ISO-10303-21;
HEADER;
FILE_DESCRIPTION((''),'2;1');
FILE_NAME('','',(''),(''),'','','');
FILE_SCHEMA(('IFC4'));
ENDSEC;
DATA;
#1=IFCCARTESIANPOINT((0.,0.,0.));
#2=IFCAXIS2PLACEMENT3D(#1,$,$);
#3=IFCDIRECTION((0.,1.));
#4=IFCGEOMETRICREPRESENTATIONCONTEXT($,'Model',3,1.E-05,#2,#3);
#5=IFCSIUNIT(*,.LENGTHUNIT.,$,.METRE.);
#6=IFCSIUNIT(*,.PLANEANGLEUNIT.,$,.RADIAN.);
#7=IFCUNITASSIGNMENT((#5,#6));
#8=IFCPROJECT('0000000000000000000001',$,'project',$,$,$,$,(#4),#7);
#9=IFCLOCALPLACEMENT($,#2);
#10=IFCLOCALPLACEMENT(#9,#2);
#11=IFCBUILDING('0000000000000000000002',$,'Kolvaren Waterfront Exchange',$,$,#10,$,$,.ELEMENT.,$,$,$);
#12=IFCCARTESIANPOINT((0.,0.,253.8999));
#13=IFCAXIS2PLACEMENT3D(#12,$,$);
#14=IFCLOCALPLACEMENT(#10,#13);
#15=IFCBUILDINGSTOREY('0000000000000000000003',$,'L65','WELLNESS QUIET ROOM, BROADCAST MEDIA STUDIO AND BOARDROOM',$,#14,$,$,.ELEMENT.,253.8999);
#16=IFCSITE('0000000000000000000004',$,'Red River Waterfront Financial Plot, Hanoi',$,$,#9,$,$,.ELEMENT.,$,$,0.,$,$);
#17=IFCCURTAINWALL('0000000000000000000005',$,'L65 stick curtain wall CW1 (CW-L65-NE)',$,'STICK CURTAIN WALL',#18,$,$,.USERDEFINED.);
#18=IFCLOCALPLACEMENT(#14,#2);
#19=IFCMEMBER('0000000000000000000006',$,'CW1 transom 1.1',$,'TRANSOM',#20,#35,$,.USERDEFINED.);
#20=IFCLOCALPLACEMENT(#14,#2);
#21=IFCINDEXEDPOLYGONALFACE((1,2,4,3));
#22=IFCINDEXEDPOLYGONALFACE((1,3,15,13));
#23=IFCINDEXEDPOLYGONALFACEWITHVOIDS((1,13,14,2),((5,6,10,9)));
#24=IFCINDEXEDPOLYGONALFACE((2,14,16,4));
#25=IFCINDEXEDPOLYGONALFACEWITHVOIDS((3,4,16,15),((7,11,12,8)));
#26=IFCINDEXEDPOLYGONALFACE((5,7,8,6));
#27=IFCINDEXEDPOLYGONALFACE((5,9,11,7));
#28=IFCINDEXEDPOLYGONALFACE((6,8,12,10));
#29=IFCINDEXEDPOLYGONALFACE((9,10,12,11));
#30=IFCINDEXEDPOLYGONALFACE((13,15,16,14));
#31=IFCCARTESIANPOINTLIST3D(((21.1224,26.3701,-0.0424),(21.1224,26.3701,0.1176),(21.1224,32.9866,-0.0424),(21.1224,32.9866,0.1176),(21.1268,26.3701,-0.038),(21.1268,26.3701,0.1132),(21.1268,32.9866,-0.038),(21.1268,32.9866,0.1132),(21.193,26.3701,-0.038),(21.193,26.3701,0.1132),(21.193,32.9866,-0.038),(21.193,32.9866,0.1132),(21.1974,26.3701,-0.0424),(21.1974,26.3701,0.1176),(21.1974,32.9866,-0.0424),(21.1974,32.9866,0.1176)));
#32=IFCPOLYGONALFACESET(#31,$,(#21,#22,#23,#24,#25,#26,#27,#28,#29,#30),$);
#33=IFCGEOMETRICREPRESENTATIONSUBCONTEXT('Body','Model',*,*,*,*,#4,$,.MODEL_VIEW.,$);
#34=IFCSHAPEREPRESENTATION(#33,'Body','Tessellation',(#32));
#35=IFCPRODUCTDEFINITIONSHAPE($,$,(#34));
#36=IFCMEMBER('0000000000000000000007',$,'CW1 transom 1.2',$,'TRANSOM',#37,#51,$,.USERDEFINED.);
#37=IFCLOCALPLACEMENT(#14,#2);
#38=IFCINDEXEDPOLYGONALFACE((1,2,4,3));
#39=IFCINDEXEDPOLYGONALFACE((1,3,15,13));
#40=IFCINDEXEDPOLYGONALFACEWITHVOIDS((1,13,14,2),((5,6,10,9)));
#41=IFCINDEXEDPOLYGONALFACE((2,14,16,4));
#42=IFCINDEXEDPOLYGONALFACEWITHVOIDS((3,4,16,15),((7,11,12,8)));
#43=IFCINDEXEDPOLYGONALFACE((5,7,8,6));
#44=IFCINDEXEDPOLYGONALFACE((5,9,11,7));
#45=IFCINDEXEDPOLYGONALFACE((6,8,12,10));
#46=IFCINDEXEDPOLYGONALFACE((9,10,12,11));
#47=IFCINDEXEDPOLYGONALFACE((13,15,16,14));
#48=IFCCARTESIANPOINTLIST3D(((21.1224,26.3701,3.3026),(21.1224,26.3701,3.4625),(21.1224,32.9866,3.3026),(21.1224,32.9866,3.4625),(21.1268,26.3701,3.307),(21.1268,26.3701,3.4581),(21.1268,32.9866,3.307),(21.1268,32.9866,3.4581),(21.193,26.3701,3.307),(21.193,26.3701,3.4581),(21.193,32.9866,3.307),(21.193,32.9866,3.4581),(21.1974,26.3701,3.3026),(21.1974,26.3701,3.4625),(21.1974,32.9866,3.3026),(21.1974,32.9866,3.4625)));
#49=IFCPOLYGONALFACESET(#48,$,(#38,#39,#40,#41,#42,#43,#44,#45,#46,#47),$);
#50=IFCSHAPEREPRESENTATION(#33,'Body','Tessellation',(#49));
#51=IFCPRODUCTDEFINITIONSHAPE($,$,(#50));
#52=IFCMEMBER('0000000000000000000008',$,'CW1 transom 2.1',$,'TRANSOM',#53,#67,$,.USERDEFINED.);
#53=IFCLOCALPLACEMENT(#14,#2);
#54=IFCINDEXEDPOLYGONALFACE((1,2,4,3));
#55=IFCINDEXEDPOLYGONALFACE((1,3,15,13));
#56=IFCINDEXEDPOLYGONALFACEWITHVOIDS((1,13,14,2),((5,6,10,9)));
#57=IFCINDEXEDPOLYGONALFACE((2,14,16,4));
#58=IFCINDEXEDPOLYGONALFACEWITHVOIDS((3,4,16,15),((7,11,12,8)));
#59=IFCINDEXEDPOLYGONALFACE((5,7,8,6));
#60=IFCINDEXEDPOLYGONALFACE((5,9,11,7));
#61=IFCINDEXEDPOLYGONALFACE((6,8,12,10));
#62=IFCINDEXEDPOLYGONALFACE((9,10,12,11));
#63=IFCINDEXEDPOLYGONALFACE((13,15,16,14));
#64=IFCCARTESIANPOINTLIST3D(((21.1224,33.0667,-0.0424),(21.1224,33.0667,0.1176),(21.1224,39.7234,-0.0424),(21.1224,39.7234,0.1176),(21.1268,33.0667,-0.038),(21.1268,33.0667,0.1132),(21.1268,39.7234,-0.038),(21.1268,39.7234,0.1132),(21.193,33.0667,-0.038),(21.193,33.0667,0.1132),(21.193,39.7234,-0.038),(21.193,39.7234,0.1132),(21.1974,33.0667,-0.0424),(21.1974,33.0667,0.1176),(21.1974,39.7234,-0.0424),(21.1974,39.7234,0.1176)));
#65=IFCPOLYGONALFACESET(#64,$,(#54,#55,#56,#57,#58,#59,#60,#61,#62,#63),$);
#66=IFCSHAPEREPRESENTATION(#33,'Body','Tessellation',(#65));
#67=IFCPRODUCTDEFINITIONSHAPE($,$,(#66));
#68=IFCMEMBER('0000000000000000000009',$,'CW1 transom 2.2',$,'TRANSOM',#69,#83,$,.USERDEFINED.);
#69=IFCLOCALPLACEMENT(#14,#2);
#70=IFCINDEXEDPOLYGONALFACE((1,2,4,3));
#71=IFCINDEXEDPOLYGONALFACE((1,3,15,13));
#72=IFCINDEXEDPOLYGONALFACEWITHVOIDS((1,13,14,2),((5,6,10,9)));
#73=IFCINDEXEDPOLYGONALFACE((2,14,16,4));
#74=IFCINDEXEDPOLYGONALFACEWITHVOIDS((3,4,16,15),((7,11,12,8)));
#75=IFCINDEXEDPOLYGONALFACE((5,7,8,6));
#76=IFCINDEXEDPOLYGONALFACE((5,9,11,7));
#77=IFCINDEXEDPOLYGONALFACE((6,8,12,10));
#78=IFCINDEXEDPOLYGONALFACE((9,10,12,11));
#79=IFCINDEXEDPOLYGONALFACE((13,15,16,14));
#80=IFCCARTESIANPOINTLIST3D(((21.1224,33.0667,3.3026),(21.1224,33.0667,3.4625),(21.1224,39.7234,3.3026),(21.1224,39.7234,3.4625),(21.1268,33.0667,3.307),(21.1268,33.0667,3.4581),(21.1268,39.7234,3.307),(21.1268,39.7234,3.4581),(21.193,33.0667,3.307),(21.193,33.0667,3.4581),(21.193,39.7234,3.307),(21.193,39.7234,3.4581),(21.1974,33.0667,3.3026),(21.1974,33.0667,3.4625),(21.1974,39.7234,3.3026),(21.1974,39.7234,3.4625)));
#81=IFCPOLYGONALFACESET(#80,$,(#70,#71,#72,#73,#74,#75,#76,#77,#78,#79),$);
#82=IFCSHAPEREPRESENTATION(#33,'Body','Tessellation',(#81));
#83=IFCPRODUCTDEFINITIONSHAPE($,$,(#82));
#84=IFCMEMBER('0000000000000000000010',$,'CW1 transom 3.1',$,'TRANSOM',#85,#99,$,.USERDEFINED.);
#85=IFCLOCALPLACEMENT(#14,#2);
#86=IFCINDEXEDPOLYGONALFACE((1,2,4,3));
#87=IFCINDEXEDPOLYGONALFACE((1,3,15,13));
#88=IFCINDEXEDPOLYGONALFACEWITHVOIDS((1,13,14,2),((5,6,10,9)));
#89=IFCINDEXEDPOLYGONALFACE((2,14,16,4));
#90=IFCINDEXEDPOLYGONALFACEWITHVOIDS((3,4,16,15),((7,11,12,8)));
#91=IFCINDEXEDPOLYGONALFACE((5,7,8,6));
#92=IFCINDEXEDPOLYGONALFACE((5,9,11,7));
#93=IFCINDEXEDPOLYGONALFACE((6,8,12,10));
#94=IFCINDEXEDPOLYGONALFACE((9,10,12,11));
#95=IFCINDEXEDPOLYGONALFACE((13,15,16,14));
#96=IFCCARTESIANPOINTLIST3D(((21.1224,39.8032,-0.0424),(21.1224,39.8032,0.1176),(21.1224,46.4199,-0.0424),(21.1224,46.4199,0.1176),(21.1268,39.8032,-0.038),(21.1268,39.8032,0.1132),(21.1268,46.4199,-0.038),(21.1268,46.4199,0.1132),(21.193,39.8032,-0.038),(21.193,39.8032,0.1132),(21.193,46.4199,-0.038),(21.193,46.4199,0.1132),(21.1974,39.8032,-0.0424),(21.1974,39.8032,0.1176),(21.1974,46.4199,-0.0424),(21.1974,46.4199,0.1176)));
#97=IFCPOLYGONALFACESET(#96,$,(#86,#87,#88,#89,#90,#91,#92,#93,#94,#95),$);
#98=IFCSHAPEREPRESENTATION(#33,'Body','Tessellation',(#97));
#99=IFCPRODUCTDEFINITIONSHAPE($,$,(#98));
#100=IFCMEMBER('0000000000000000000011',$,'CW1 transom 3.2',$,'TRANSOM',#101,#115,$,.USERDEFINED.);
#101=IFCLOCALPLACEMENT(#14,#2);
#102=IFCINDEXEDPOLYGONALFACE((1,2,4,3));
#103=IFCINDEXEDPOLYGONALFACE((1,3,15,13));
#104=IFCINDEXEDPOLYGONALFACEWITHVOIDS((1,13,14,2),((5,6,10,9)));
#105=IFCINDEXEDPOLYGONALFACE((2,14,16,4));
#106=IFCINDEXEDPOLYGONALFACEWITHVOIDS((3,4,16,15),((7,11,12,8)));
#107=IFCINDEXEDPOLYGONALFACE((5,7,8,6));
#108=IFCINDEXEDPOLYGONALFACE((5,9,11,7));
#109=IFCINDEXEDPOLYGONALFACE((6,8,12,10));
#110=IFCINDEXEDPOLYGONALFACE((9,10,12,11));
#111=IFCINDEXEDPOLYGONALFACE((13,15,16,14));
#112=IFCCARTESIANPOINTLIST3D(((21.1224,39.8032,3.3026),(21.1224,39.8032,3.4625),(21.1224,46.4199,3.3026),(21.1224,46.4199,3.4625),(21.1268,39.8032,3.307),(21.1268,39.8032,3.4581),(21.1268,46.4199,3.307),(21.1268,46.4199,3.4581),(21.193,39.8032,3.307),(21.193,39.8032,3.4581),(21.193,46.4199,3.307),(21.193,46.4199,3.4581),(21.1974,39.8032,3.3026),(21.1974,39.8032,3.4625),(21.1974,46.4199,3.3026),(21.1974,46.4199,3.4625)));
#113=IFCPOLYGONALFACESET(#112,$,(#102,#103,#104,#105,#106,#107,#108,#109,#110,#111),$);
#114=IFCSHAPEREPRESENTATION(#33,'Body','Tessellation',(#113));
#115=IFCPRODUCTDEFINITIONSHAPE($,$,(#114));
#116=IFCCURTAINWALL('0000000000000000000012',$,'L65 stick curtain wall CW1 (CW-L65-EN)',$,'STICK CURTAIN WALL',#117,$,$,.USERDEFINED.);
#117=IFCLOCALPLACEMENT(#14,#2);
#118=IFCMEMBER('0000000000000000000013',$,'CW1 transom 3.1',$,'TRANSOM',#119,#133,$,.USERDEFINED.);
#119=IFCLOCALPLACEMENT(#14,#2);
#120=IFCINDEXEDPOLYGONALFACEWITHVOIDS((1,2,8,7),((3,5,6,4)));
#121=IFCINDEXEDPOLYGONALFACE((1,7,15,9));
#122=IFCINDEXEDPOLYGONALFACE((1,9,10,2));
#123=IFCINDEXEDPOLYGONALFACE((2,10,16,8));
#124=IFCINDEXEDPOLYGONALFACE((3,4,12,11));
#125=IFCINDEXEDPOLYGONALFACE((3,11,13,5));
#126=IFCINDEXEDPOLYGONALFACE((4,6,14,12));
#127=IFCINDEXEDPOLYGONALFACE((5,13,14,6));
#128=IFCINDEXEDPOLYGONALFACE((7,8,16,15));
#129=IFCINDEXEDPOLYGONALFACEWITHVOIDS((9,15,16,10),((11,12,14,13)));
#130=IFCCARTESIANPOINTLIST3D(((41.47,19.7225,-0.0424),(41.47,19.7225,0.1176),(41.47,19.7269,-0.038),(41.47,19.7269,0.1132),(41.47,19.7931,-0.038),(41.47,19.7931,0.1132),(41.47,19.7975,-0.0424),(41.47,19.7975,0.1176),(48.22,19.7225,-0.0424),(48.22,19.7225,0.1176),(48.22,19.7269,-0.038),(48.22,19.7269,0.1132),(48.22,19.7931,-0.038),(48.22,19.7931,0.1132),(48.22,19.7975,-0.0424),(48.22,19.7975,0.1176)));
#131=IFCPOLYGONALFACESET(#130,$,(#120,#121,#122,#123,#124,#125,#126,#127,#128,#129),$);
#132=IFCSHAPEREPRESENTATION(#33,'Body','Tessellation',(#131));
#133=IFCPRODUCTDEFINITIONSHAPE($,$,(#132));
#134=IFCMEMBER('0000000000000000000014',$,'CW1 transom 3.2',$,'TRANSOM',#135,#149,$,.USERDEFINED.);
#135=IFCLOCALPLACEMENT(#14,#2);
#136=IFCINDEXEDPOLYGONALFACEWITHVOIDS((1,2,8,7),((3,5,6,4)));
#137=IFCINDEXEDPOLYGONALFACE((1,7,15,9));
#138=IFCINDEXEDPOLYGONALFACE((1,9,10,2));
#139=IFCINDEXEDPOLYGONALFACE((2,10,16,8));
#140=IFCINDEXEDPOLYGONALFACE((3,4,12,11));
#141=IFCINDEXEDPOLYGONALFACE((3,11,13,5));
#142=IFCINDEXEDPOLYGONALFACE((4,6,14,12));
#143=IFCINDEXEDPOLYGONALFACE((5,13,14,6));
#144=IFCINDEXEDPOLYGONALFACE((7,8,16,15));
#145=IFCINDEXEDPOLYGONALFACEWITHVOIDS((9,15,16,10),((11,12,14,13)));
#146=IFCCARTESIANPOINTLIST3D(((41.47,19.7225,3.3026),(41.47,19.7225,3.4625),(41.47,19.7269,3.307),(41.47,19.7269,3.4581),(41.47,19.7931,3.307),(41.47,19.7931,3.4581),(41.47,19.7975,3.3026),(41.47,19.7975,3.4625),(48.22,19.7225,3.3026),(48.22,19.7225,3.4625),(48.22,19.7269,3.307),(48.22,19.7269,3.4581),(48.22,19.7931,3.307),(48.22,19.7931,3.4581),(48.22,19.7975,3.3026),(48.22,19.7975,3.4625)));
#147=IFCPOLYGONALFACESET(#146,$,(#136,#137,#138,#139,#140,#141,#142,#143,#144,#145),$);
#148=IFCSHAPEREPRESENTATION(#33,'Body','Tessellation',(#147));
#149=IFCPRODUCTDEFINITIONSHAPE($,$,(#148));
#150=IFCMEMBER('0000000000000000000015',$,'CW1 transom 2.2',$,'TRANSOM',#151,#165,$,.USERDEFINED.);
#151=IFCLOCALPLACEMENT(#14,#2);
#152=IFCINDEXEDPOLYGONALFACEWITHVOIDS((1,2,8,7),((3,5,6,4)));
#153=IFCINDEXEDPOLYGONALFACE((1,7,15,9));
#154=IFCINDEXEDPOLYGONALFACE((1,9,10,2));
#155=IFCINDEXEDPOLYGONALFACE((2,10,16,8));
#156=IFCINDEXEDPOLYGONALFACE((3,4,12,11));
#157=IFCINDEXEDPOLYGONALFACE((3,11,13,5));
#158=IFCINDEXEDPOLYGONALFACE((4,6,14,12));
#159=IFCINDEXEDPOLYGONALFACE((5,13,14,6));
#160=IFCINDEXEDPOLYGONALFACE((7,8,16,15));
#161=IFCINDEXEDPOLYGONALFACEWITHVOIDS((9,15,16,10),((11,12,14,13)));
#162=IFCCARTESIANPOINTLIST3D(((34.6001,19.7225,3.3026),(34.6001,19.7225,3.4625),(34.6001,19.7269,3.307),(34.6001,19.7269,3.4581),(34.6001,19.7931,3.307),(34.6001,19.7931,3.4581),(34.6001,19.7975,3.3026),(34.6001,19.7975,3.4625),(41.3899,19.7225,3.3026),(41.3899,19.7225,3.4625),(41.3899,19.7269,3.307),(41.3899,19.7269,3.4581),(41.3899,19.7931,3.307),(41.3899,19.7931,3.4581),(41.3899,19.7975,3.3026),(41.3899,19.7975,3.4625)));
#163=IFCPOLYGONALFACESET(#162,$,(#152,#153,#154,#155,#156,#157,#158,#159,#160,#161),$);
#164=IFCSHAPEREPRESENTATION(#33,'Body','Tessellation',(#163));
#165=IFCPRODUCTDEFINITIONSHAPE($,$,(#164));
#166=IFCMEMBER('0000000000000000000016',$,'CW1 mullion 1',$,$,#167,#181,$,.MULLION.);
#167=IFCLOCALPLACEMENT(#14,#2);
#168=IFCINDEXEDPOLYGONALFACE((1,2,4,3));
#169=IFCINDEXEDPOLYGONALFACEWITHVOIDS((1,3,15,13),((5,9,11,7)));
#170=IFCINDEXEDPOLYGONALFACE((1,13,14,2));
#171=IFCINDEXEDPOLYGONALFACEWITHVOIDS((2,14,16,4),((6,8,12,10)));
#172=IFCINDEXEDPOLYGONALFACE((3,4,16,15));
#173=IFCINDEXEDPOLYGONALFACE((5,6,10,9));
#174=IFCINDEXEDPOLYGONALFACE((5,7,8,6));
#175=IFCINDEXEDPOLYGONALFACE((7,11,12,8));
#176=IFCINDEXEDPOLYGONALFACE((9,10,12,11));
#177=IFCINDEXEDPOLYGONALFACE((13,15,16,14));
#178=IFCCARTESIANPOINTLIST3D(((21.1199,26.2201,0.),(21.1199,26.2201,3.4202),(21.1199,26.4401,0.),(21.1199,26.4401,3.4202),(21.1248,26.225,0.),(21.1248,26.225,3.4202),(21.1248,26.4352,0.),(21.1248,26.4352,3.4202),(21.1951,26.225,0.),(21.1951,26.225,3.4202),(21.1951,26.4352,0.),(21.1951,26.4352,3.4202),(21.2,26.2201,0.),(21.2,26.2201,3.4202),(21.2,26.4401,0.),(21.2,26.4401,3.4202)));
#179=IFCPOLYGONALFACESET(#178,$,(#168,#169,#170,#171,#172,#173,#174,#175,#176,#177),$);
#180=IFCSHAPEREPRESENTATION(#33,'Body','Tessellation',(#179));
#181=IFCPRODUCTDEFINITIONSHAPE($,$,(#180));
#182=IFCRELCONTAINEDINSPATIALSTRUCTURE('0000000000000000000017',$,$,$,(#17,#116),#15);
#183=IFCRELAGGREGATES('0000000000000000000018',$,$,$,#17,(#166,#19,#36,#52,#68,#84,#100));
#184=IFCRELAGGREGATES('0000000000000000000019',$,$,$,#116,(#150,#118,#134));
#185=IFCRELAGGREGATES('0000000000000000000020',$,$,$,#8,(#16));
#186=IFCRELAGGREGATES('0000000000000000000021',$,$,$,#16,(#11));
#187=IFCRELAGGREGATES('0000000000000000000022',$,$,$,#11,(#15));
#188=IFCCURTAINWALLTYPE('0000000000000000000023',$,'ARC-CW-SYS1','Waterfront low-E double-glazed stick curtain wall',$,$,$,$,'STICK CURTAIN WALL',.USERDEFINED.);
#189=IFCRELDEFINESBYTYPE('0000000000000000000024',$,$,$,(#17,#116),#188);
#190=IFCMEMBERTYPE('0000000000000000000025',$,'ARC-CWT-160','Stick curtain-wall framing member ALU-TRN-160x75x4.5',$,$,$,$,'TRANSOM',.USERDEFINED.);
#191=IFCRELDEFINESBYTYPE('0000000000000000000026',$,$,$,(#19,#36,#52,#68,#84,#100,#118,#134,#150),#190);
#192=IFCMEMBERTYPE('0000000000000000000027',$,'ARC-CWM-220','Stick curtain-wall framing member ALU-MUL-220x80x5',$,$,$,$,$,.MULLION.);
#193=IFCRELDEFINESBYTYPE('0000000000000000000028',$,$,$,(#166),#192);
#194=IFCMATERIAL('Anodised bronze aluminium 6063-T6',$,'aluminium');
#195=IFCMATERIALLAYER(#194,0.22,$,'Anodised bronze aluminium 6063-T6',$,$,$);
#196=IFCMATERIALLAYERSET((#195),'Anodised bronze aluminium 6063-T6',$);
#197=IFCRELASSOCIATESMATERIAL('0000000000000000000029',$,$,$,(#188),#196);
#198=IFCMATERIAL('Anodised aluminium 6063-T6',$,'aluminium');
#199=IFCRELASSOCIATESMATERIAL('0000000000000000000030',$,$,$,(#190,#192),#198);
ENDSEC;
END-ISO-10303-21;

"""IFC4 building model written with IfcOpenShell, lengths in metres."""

from ifc_helpers import new_model, si_unit, direction, frame, origin, origin_with_axes, origin_2d, place, context, subcontext, project, spatial, hollow_rectangle, extrude, source, transform, mapped, material, layer, layer_set, material_profile, profile_set, type_object, element, aggregate, save


model = new_model("IFC4")

# Units and contexts
model_context = context("Model", 3, precision=1e-05, world=origin(), true_north=direction((0.0, 1.0)))
body_context = subcontext(model_context, "Body", "Model", "MODEL_VIEW")
ifc_project = project(units=[si_unit("LENGTHUNIT", "METRE"), si_unit("PLANEANGLEUNIT", "RADIAN")], contexts=[model_context])

# Site, building, storey
site_placement = place(None, origin())
site = spatial("IfcSite", under=ifc_project, at=site_placement, Name="Red River Waterfront Financial Plot, Hanoi", CompositionType="ELEMENT", RefElevation=0.0)
building_placement = place(site_placement, origin())
building = spatial("IfcBuilding", under=site, at=building_placement, Name="Kolvaren Waterfront Exchange", CompositionType="ELEMENT")
storey_placement = place(building_placement, frame((0.0, 0.0, 253.8999)))
storey = spatial("IfcBuildingStorey", under=building, at=storey_placement, Name="L65", Description="WELLNESS QUIET ROOM, BROADCAST MEDIA STUDIO AND BOARDROOM", CompositionType="ELEMENT", Elevation=253.8999)

# Curtain walls, members
ifc_material_1 = material(Name="Anodised bronze aluminium 6063-T6", Category="aluminium")
ifc_layer_1 = layer(ifc_material_1, 0.22, Name="Anodised bronze aluminium 6063-T6")
ifc_layer_set_1 = layer_set([ifc_layer_1], Name="Anodised bronze aluminium 6063-T6")
curtain_wall_type = type_object("IfcCurtainWallType", Name="ARC-CW-SYS1", Description="Waterfront low-E double-glazed stick curtain wall", ElementType="STICK CURTAIN WALL", PredefinedType="USERDEFINED", material=ifc_layer_set_1)
curtain_wall_1_placement = place(storey_placement, origin())
curtain_wall_1 = element("IfcCurtainWall", 1, at=curtain_wall_1_placement, inside=storey, type_object=curtain_wall_type, Name="L65 stick curtain wall CW1 (CW-L65-NE)", ObjectType="STICK CURTAIN WALL", PredefinedType="USERDEFINED")
ifc_material_2 = material(Name="Anodised aluminium 6063-T6", Category="aluminium")
ifc_material_profile_1 = material_profile(ifc_material_2, hollow_rectangle(XDim=0.075, YDim=0.1599, WallThickness=0.0044, at=origin_2d()), Name="ALU-TRN-160x75x4.5")
ifc_profile_set_1 = profile_set([ifc_material_profile_1], Name="Anodised aluminium 6063-T6")
member_type_1 = type_object("IfcMemberType", Name="ARC-CWT-160", Description="Stick curtain-wall framing member ALU-TRN-160x75x4.5", ElementType="TRANSOM", PredefinedType="USERDEFINED", material=ifc_profile_set_1)
shared_shape_1 = source(origin_with_axes(), body_context, "Body", "SweptSolid", [
    extrude(hollow_rectangle(XDim=0.075, YDim=0.1599, WallThickness=0.0044, at=origin_2d()), origin(), (0.0, 0.0, 1.0), 6.6165),
])
member_1_placement = place(storey_placement, frame((21.1599, 26.3701, 0.0376), z_axis=(0.0, 1.0, 0.0), x_axis=(-1.0, 0.0, 0.0)))
member_1 = element("IfcMember", 2, at=member_1_placement, type_object=member_type_1, Name="CW1 transom 1.1", ObjectType="TRANSOM", PredefinedType="USERDEFINED", context=body_context, shape_type="MappedRepresentation", body=[
    mapped(shared_shape_1, transform((0.0, 0.0, 0.0), x_axis=(1.0, 0.0, 0.0), y_axis=(0.0, 1.0, 0.0), z_axis=(0.0, 0.0, 1.0), scale=1.0)),
])
member_2_placement = place(storey_placement, frame((21.1599, 26.3701, 3.3826), z_axis=(0.0, 1.0, 0.0), x_axis=(-1.0, 0.0, 0.0)))
member_2 = element("IfcMember", 3, at=member_2_placement, type_object=member_type_1, Name="CW1 transom 1.2", ObjectType="TRANSOM", PredefinedType="USERDEFINED", context=body_context, shape_type="MappedRepresentation", body=[
    mapped(shared_shape_1, transform((0.0, 0.0, 0.0), x_axis=(1.0, 0.0, 0.0), y_axis=(0.0, 1.0, 0.0), z_axis=(0.0, 0.0, 1.0), scale=1.0)),
])
shared_shape_2 = source(origin_with_axes(), body_context, "Body", "SweptSolid", [
    extrude(hollow_rectangle(XDim=0.075, YDim=0.1599, WallThickness=0.0044, at=origin_2d()), origin(), (0.0, 0.0, 1.0), 6.6567),
])
member_3_placement = place(storey_placement, frame((21.1599, 33.0667, 0.0376), z_axis=(0.0, 1.0, 0.0), x_axis=(-1.0, 0.0, 0.0)))
member_3 = element("IfcMember", 4, at=member_3_placement, type_object=member_type_1, Name="CW1 transom 2.1", ObjectType="TRANSOM", PredefinedType="USERDEFINED", context=body_context, shape_type="MappedRepresentation", body=[
    mapped(shared_shape_2, transform((0.0, 0.0, 0.0), x_axis=(1.0, 0.0, 0.0), y_axis=(0.0, 1.0, 0.0), z_axis=(0.0, 0.0, 1.0), scale=1.0)),
])
member_4_placement = place(storey_placement, frame((21.1599, 33.0667, 3.3826), z_axis=(0.0, 1.0, 0.0), x_axis=(-1.0, 0.0, 0.0)))
member_4 = element("IfcMember", 5, at=member_4_placement, type_object=member_type_1, Name="CW1 transom 2.2", ObjectType="TRANSOM", PredefinedType="USERDEFINED", context=body_context, shape_type="MappedRepresentation", body=[
    mapped(shared_shape_2, transform((0.0, 0.0, 0.0), x_axis=(1.0, 0.0, 0.0), y_axis=(0.0, 1.0, 0.0), z_axis=(0.0, 0.0, 1.0), scale=1.0)),
])
shared_shape_3 = source(origin_with_axes(), body_context, "Body", "SweptSolid", [
    extrude(hollow_rectangle(XDim=0.075, YDim=0.1599, WallThickness=0.0044, at=origin_2d()), origin(), (0.0, 0.0, 1.0), 6.6167),
])
member_5_placement = place(storey_placement, frame((21.1599, 39.8032, 0.0376), z_axis=(0.0, 1.0, 0.0), x_axis=(-1.0, 0.0, 0.0)))
member_5 = element("IfcMember", 6, at=member_5_placement, type_object=member_type_1, Name="CW1 transom 3.1", ObjectType="TRANSOM", PredefinedType="USERDEFINED", context=body_context, shape_type="MappedRepresentation", body=[
    mapped(shared_shape_3, transform((0.0, 0.0, 0.0), x_axis=(1.0, 0.0, 0.0), y_axis=(0.0, 1.0, 0.0), z_axis=(0.0, 0.0, 1.0), scale=1.0)),
])
member_6_placement = place(storey_placement, frame((21.1599, 39.8032, 3.3826), z_axis=(0.0, 1.0, 0.0), x_axis=(-1.0, 0.0, 0.0)))
member_6 = element("IfcMember", 7, at=member_6_placement, type_object=member_type_1, Name="CW1 transom 3.2", ObjectType="TRANSOM", PredefinedType="USERDEFINED", context=body_context, shape_type="MappedRepresentation", body=[
    mapped(shared_shape_3, transform((0.0, 0.0, 0.0), x_axis=(1.0, 0.0, 0.0), y_axis=(0.0, 1.0, 0.0), z_axis=(0.0, 0.0, 1.0), scale=1.0)),
])
curtain_wall_2_placement = place(storey_placement, origin())
curtain_wall_2 = element("IfcCurtainWall", 8, at=curtain_wall_2_placement, inside=storey, type_object=curtain_wall_type, Name="L65 stick curtain wall CW1 (CW-L65-EN)", ObjectType="STICK CURTAIN WALL", PredefinedType="USERDEFINED")
shared_shape_4 = source(origin_with_axes(), body_context, "Body", "SweptSolid", [
    extrude(hollow_rectangle(XDim=0.075, YDim=0.1599, WallThickness=0.0044, at=origin_2d()), origin(), (0.0, 0.0, 1.0), 6.75),
])
member_7_placement = place(storey_placement, frame((41.47, 19.76, 0.0376), z_axis=(1.0, 0.0, 0.0), x_axis=(0.0, 1.0, 0.0)))
member_7 = element("IfcMember", 9, at=member_7_placement, type_object=member_type_1, Name="CW1 transom 3.1", ObjectType="TRANSOM", PredefinedType="USERDEFINED", context=body_context, shape_type="MappedRepresentation", body=[
    mapped(shared_shape_4, transform((0.0, 0.0, 0.0), x_axis=(1.0, 0.0, 0.0), y_axis=(0.0, 1.0, 0.0), z_axis=(0.0, 0.0, 1.0), scale=1.0)),
])
member_8_placement = place(storey_placement, frame((41.47, 19.76, 3.3826), z_axis=(1.0, 0.0, 0.0), x_axis=(0.0, 1.0, 0.0)))
member_8 = element("IfcMember", 10, at=member_8_placement, type_object=member_type_1, Name="CW1 transom 3.2", ObjectType="TRANSOM", PredefinedType="USERDEFINED", context=body_context, shape_type="MappedRepresentation", body=[
    mapped(shared_shape_4, transform((0.0, 0.0, 0.0), x_axis=(1.0, 0.0, 0.0), y_axis=(0.0, 1.0, 0.0), z_axis=(0.0, 0.0, 1.0), scale=1.0)),
])
shared_shape_5 = source(origin_with_axes(), body_context, "Body", "SweptSolid", [
    extrude(hollow_rectangle(XDim=0.075, YDim=0.1599, WallThickness=0.0044, at=origin_2d()), origin(), (0.0, 0.0, 1.0), 6.7898),
])
member_9_placement = place(storey_placement, frame((34.6001, 19.76, 3.3826), z_axis=(1.0, 0.0, 0.0), x_axis=(0.0, 1.0, 0.0)))
member_9 = element("IfcMember", 11, at=member_9_placement, type_object=member_type_1, Name="CW1 transom 2.2", ObjectType="TRANSOM", PredefinedType="USERDEFINED", context=body_context, shape_type="MappedRepresentation", body=[
    mapped(shared_shape_5, transform((0.0, 0.0, 0.0), x_axis=(1.0, 0.0, 0.0), y_axis=(0.0, 1.0, 0.0), z_axis=(0.0, 0.0, 1.0), scale=1.0)),
])

# Member
ifc_material_profile_2 = material_profile(ifc_material_2, hollow_rectangle(XDim=0.0801, YDim=0.22, WallThickness=0.0049, at=origin_2d()), Name="ALU-MUL-220x80x5")
ifc_profile_set_2 = profile_set([ifc_material_profile_2], Name="Anodised aluminium 6063-T6")
member_type_2 = type_object("IfcMemberType", Name="ARC-CWM-220", Description="Stick curtain-wall framing member ALU-MUL-220x80x5", PredefinedType="MULLION", material=ifc_profile_set_2)
shared_shape_6 = source(origin_with_axes(), body_context, "Body", "SweptSolid", [
    extrude(hollow_rectangle(XDim=0.0801, YDim=0.22, WallThickness=0.0049, at=origin_2d()), origin(), (0.0, 0.0, 1.0), 3.4202),
])
member_10_placement = place(storey_placement, frame((21.1599, 26.3301, 0.0), z_axis=(0.0, 0.0, 1.0), x_axis=(-1.0, 0.0, 0.0)))
member_10 = element("IfcMember", 12, at=member_10_placement, type_object=member_type_2, Name="CW1 mullion 1", PredefinedType="MULLION", context=body_context, shape_type="MappedRepresentation", body=[
    mapped(shared_shape_6, transform((0.0, 0.0, 0.0), x_axis=(1.0, 0.0, 0.0), y_axis=(0.0, 1.0, 0.0), z_axis=(0.0, 0.0, 1.0), scale=1.0)),
])

aggregate(curtain_wall_1, [member_10, member_1, member_2, member_3, member_4, member_5, member_6])
aggregate(curtain_wall_2, [member_9, member_7, member_8])

save(model, "model.ifc")
